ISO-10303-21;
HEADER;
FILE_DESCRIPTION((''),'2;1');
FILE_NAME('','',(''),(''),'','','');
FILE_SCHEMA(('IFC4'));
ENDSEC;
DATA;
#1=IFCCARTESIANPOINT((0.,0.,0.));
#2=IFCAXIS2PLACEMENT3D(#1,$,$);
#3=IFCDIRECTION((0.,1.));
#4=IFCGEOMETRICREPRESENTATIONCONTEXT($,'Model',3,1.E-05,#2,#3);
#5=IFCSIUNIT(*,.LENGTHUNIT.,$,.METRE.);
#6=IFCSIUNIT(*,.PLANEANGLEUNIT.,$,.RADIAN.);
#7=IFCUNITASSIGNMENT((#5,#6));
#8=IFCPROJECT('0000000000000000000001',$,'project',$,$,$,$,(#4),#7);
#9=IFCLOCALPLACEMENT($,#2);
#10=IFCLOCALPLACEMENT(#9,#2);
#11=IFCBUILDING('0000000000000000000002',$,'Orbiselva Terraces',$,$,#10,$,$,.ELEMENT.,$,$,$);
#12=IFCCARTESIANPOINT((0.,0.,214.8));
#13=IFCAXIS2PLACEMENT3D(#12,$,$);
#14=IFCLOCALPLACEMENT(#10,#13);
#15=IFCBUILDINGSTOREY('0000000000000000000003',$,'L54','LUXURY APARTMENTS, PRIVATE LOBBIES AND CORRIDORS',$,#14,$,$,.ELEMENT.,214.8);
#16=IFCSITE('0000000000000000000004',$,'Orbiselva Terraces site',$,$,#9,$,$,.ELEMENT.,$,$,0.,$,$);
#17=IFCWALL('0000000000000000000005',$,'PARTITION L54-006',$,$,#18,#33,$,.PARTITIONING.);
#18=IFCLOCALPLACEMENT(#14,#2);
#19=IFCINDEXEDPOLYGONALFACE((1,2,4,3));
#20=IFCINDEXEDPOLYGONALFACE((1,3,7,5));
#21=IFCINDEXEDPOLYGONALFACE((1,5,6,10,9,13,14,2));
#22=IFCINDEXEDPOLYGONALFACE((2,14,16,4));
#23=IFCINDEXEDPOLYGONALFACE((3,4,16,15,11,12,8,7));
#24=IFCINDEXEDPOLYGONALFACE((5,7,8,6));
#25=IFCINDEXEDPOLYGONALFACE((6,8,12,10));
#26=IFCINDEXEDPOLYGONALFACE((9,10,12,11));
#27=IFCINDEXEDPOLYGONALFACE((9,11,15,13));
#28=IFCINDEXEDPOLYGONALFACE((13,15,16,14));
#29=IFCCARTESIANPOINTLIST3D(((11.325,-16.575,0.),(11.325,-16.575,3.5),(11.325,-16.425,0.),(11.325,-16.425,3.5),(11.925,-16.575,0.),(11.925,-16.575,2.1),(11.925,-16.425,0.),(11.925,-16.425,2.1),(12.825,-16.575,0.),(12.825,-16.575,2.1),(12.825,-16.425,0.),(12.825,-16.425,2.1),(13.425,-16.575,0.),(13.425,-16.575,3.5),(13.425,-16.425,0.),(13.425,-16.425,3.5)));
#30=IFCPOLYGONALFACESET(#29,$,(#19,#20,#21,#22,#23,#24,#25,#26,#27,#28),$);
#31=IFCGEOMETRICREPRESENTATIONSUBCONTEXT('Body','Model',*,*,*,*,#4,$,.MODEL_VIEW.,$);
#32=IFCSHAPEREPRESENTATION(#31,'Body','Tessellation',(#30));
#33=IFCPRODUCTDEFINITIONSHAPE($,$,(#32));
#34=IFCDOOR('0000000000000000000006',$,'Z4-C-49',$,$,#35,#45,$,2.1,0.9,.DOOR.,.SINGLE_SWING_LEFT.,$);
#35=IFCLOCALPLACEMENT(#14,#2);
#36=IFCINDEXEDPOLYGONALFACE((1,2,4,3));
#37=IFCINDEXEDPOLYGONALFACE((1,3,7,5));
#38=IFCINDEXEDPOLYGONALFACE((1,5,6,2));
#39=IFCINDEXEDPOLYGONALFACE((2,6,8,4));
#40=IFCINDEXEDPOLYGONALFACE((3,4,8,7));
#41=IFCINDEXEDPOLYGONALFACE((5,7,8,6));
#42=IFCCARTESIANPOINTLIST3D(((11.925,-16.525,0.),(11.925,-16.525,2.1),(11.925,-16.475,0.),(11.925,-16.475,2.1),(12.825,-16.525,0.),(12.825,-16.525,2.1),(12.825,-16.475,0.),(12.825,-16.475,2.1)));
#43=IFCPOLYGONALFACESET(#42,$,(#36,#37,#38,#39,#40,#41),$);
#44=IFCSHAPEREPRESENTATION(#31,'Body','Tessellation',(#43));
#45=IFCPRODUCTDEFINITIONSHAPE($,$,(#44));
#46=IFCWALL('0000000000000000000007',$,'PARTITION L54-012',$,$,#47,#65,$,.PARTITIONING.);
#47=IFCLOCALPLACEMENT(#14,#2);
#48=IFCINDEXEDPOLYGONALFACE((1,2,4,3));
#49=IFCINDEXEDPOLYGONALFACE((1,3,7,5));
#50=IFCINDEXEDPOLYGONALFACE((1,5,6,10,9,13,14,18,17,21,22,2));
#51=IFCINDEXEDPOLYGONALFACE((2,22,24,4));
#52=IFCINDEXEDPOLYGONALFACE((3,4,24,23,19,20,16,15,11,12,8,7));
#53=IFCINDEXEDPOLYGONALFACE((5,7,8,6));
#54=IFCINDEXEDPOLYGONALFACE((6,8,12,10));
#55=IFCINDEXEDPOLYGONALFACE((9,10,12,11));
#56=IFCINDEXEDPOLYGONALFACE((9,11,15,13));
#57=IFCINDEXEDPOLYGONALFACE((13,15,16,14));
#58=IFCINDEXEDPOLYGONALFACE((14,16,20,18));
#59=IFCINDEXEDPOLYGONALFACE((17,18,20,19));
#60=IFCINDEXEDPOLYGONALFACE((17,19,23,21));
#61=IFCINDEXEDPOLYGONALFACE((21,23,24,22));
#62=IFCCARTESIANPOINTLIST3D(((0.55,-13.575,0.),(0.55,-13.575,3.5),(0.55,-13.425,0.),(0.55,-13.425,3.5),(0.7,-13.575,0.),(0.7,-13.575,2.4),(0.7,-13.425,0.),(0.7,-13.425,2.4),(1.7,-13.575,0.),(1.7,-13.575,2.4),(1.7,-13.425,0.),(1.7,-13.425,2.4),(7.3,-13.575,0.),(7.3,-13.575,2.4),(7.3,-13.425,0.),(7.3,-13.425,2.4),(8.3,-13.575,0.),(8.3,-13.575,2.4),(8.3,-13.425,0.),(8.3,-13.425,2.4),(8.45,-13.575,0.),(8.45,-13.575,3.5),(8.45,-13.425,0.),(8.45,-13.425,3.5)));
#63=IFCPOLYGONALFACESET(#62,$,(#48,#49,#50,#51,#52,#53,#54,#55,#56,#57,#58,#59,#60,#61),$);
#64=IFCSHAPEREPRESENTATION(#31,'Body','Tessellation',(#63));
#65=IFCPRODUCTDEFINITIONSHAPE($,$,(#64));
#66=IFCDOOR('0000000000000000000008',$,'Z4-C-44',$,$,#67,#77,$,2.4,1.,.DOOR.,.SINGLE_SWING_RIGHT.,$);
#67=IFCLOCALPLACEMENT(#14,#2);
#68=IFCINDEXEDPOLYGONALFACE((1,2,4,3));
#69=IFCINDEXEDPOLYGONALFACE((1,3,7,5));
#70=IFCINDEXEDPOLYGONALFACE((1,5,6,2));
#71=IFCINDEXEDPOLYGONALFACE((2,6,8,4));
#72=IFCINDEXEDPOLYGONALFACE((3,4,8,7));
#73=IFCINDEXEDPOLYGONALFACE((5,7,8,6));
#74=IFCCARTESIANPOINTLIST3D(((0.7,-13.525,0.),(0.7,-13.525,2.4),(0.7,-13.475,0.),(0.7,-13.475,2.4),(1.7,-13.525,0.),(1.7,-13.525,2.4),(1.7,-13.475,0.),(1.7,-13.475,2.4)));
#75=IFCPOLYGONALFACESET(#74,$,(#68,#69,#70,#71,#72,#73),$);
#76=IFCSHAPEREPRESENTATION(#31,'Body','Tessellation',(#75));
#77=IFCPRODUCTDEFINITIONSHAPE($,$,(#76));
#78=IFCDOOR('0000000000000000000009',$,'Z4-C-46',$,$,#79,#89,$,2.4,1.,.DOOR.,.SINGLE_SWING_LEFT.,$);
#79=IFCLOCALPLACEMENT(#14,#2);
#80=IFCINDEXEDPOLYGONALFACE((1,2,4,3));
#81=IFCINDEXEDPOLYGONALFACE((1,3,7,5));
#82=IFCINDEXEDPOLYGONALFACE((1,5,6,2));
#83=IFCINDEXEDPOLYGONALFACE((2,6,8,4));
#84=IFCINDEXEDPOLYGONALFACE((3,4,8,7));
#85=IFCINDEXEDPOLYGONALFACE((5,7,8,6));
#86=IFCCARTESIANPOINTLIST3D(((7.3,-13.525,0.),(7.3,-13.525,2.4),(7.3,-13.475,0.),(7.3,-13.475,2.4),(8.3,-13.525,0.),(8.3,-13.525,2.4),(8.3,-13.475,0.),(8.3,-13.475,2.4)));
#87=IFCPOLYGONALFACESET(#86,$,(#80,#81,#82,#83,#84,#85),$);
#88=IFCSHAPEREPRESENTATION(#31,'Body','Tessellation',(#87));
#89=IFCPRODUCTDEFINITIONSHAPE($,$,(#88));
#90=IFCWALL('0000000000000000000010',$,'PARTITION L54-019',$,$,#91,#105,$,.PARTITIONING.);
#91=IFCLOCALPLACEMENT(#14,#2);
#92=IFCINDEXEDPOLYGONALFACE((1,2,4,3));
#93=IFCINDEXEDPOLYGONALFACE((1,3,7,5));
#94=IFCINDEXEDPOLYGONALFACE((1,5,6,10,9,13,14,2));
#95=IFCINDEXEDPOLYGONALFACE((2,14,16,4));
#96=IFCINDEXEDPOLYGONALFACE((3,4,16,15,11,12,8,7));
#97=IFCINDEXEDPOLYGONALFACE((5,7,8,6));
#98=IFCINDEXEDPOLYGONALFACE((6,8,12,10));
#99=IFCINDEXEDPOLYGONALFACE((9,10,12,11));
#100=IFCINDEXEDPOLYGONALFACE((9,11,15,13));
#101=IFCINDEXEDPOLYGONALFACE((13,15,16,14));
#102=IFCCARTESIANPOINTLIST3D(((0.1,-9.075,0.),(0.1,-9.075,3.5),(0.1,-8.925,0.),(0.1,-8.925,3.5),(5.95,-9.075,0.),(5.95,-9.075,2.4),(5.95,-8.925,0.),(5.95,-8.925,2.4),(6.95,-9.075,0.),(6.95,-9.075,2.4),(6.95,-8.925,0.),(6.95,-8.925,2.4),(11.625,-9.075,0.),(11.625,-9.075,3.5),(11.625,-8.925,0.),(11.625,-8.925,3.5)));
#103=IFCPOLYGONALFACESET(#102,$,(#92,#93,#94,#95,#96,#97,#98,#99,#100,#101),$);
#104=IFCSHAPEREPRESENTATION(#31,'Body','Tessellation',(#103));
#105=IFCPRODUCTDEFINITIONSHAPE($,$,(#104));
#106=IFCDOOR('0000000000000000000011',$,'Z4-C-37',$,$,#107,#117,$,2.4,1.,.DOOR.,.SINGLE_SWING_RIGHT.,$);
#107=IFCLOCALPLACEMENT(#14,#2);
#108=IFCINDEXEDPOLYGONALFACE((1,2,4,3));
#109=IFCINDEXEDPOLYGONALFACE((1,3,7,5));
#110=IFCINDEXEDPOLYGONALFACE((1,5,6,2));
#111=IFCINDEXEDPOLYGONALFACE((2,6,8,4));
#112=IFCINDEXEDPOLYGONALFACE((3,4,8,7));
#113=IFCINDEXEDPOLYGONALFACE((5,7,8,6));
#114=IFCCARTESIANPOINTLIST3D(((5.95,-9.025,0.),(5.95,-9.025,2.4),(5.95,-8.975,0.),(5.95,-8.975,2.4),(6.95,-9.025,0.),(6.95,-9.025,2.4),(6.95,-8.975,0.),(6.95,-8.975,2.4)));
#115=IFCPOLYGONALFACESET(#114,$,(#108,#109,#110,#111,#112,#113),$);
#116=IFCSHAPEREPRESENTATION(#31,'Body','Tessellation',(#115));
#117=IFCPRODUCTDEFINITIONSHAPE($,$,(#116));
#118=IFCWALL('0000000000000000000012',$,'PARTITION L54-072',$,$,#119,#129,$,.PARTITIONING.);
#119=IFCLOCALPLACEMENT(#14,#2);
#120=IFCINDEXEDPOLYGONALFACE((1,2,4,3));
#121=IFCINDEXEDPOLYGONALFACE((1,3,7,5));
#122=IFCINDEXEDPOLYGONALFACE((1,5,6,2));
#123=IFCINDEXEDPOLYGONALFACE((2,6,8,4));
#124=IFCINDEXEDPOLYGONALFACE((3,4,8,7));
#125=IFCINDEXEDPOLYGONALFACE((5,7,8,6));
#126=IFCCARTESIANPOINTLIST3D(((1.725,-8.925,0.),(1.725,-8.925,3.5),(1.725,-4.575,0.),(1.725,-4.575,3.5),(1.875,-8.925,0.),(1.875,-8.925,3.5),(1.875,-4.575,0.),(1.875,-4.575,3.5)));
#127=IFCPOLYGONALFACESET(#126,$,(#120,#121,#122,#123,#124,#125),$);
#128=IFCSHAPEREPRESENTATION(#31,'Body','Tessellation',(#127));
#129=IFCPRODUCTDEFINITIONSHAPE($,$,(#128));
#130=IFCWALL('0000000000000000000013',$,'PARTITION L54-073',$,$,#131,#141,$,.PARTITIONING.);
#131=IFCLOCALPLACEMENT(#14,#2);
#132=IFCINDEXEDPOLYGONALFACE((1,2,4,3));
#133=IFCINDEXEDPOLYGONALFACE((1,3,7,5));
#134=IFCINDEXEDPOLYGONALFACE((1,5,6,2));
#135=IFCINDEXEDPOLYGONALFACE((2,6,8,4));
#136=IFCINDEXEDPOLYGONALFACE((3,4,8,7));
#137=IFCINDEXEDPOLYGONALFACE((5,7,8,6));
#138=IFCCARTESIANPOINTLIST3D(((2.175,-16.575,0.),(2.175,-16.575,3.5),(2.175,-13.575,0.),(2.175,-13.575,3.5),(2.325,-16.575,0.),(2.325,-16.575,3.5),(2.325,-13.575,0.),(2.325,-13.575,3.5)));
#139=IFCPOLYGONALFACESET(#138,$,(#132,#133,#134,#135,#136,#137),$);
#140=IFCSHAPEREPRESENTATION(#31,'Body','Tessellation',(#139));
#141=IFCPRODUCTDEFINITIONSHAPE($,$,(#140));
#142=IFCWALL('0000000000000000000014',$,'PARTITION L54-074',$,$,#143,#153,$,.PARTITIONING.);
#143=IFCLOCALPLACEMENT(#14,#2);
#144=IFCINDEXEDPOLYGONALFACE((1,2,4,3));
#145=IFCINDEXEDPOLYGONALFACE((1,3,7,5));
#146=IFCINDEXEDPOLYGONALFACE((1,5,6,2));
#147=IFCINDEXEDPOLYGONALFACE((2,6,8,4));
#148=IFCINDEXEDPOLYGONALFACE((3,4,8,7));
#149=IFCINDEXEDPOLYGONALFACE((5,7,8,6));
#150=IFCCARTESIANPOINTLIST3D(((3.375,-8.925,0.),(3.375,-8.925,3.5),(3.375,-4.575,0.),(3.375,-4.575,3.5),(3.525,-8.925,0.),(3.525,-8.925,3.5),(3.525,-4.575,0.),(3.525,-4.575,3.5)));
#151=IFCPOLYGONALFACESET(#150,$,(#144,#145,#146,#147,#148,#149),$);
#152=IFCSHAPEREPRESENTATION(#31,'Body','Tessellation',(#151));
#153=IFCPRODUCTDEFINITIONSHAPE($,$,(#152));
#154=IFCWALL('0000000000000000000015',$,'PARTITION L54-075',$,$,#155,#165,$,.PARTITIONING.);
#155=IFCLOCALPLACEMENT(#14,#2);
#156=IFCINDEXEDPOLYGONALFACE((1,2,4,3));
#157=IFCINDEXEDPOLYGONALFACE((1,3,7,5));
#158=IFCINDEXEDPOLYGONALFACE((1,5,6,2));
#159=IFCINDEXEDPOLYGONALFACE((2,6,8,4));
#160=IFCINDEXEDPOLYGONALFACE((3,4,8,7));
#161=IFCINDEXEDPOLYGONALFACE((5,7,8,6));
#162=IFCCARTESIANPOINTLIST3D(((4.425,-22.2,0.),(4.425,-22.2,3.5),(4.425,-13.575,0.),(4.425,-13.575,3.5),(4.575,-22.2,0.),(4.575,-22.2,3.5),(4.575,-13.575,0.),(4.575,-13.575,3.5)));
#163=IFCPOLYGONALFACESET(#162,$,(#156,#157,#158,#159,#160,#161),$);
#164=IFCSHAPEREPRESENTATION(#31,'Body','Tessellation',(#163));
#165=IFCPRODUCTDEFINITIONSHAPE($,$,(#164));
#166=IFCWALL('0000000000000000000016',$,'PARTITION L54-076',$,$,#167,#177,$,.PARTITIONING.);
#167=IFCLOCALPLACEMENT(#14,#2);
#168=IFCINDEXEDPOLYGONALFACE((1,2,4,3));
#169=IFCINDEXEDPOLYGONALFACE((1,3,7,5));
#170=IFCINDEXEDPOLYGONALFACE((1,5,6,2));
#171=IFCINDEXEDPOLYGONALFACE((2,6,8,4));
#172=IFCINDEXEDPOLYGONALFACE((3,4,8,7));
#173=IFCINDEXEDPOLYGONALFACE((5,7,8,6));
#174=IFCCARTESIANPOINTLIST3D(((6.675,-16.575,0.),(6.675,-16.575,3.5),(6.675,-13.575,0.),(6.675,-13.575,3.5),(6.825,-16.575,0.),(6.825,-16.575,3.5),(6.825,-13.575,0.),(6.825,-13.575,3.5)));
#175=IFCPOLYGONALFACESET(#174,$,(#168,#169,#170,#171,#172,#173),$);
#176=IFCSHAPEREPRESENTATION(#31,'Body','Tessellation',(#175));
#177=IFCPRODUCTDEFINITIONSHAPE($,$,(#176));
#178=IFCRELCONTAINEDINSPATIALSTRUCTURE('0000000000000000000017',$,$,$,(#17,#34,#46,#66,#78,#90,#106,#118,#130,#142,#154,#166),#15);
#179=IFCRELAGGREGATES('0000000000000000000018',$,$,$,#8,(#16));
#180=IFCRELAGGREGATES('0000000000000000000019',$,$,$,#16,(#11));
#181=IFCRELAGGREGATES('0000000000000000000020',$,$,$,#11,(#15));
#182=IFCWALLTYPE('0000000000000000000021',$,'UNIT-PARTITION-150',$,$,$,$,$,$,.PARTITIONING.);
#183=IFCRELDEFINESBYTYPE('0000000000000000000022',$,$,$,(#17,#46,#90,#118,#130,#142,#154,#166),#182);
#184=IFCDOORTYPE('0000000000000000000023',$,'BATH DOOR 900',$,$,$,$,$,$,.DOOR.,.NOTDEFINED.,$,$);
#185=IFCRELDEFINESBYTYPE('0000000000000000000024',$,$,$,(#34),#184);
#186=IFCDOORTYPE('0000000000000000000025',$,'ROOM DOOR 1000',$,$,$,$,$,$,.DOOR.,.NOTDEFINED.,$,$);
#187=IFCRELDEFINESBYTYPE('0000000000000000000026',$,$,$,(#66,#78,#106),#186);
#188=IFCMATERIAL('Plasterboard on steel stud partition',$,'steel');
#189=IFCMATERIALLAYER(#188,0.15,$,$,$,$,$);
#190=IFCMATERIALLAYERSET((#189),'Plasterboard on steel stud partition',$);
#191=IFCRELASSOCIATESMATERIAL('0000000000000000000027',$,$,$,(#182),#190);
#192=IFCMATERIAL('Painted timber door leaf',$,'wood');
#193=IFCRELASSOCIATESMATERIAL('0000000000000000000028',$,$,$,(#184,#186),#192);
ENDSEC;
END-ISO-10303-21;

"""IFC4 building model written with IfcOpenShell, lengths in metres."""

from ifc_helpers import new_model, si_unit, direction, frame, frame_2d, origin, place, context, subcontext, project, spatial, rectangle, extrude, material, layer, layer_set, type_object, element, fill, save


model = new_model("IFC4")

# Units and contexts
model_context = context("Model", 3, precision=1e-05, world=origin(), true_north=direction((0.0, 1.0)))
body_context = subcontext(model_context, "Body", "Model", "MODEL_VIEW")
ifc_project = project(units=[si_unit("LENGTHUNIT", "METRE"), si_unit("PLANEANGLEUNIT", "RADIAN")], contexts=[model_context])

# Site, building, storey
site_placement = place(None, origin())
site = spatial("IfcSite", under=ifc_project, at=site_placement, Name="Orbiselva Terraces site", CompositionType="ELEMENT", RefElevation=0.0)
building_placement = place(site_placement, origin())
building = spatial("IfcBuilding", under=site, at=building_placement, Name="Orbiselva Terraces", CompositionType="ELEMENT")
storey_placement = place(building_placement, frame((0.0, 0.0, 214.8)))
storey = spatial("IfcBuildingStorey", under=building, at=storey_placement, Name="L54", Description="LUXURY APARTMENTS, PRIVATE LOBBIES AND CORRIDORS", CompositionType="ELEMENT", Elevation=214.8)

# Shared definitions
ifc_material_1 = material(Name="Plasterboard on steel stud partition", Category="steel")

# Wall, opening, door
ifc_layer_1 = layer(ifc_material_1, 0.15)
ifc_layer_set_1 = layer_set([ifc_layer_1], Name="Plasterboard on steel stud partition")
wall_type_1 = type_object("IfcWallType", Name="UNIT-PARTITION-150", PredefinedType="PARTITIONING", material=ifc_layer_set_1)
ifc_material_2 = material(Name="Painted timber door leaf", Category="wood")
door_type_1 = type_object("IfcDoorType", Name="BATH DOOR 900", OperationType="NOTDEFINED", PredefinedType="DOOR", material=ifc_material_2)
wall_1_placement = place(storey_placement, frame((11.325, -16.5, 0.0), z_axis=(0.0, 0.0, 1.0), x_axis=(1.0, 0.0, 0.0)))
wall_1 = element("IfcWall", 1, at=wall_1_placement, inside=storey, type_object=wall_type_1, Name="PARTITION L54-006", PredefinedType="PARTITIONING", context=body_context, shape_type="SweptSolid", body=[
    extrude(rectangle(XDim=2.1, YDim=0.15, at=frame_2d((1.05, 0.0))), origin(), (0.0, 0.0, 1.0), 3.5),
])
opening_1_placement = place(wall_1_placement, frame((0.6, 0.0, 0.0)))
opening_1 = element("IfcOpeningElement", 2, at=opening_1_placement, cuts=wall_1, PredefinedType="OPENING", context=body_context, shape_type="SweptSolid", body=[
    extrude(rectangle(XDim=0.9, YDim=2.1, at=frame_2d((0.45, 1.05))), frame((0.0, 0.085, 0.0), z_axis=(0.0, -1.0, 0.0), x_axis=(1.0, 0.0, 0.0)), (0.0, 0.0, 1.0), 0.17),
])
door_1_placement = place(opening_1_placement, origin())
door_1 = element("IfcDoor", 3, at=door_1_placement, inside=storey, type_object=door_type_1, Name="Z4-C-49", OperationType="SINGLE_SWING_LEFT", OverallHeight=2.1, OverallWidth=0.9, PredefinedType="DOOR", context=body_context, shape_type="SweptSolid", body=[
    extrude(rectangle(XDim=0.9, YDim=2.1, at=frame_2d((0.45, 1.05))), frame((0.0, 0.025, 0.0), z_axis=(0.0, -1.0, 0.0), x_axis=(1.0, 0.0, 0.0)), (0.0, 0.0, 1.0), 0.05),
])
fill(opening_1, door_1)

# Wall, openings, doors
wall_2_placement = place(storey_placement, frame((8.45, -13.5, 0.0), z_axis=(0.0, 0.0, 1.0), x_axis=(-1.0, 0.0, 0.0)))
wall_2 = element("IfcWall", 4, at=wall_2_placement, inside=storey, type_object=wall_type_1, Name="PARTITION L54-012", PredefinedType="PARTITIONING", context=body_context, shape_type="SweptSolid", body=[
    extrude(rectangle(XDim=7.9, YDim=0.15, at=frame_2d((3.95, 0.0))), origin(), (0.0, 0.0, 1.0), 3.5),
])
opening_2_placement = place(wall_2_placement, frame((6.75, 0.0, 0.0)))
opening_2 = element("IfcOpeningElement", 5, at=opening_2_placement, cuts=wall_2, PredefinedType="OPENING", context=body_context, shape_type="SweptSolid", body=[
    extrude(rectangle(XDim=1.0, YDim=2.4, at=frame_2d((0.5, 1.2))), frame((0.0, 0.085, 0.0), z_axis=(0.0, -1.0, 0.0), x_axis=(1.0, 0.0, 0.0)), (0.0, 0.0, 1.0), 0.17),
])
opening_3_placement = place(wall_2_placement, frame((0.15, 0.0, 0.0)))
opening_3 = element("IfcOpeningElement", 6, at=opening_3_placement, cuts=wall_2, PredefinedType="OPENING", context=body_context, shape_type="SweptSolid", body=[
    extrude(rectangle(XDim=1.0, YDim=2.4, at=frame_2d((0.5, 1.2))), frame((0.0, 0.085, 0.0), z_axis=(0.0, -1.0, 0.0), x_axis=(1.0, 0.0, 0.0)), (0.0, 0.0, 1.0), 0.17),
])
door_type_2 = type_object("IfcDoorType", Name="ROOM DOOR 1000", OperationType="NOTDEFINED", PredefinedType="DOOR", material=ifc_material_2)
door_2_placement = place(opening_2_placement, origin())
door_2 = element("IfcDoor", 7, at=door_2_placement, inside=storey, type_object=door_type_2, Name="Z4-C-44", OperationType="SINGLE_SWING_RIGHT", OverallHeight=2.4, OverallWidth=1.0, PredefinedType="DOOR", context=body_context, shape_type="SweptSolid", body=[
    extrude(rectangle(XDim=1.0, YDim=2.4, at=frame_2d((0.5, 1.2))), frame((0.0, 0.025, 0.0), z_axis=(0.0, -1.0, 0.0), x_axis=(1.0, 0.0, 0.0)), (0.0, 0.0, 1.0), 0.05),
])
fill(opening_2, door_2)
door_3_placement = place(opening_3_placement, origin())
door_3 = element("IfcDoor", 8, at=door_3_placement, inside=storey, type_object=door_type_2, Name="Z4-C-46", OperationType="SINGLE_SWING_LEFT", OverallHeight=2.4, OverallWidth=1.0, PredefinedType="DOOR", context=body_context, shape_type="SweptSolid", body=[
    extrude(rectangle(XDim=1.0, YDim=2.4, at=frame_2d((0.5, 1.2))), frame((0.0, 0.025, 0.0), z_axis=(0.0, -1.0, 0.0), x_axis=(1.0, 0.0, 0.0)), (0.0, 0.0, 1.0), 0.05),
])
fill(opening_3, door_3)

# Wall, opening, door
wall_3_placement = place(storey_placement, frame((0.1, -9.0, 0.0), z_axis=(0.0, 0.0, 1.0), x_axis=(1.0, 0.0, 0.0)))
wall_3 = element("IfcWall", 9, at=wall_3_placement, inside=storey, type_object=wall_type_1, Name="PARTITION L54-019", PredefinedType="PARTITIONING", context=body_context, shape_type="SweptSolid", body=[
    extrude(rectangle(XDim=11.525, YDim=0.15, at=frame_2d((5.7625, 0.0))), origin(), (0.0, 0.0, 1.0), 3.5),
])
opening_4_placement = place(wall_3_placement, frame((5.85, 0.0, 0.0)))
opening_4 = element("IfcOpeningElement", 10, at=opening_4_placement, cuts=wall_3, PredefinedType="OPENING", context=body_context, shape_type="SweptSolid", body=[
    extrude(rectangle(XDim=1.0, YDim=2.4, at=frame_2d((0.5, 1.2))), frame((0.0, 0.085, 0.0), z_axis=(0.0, -1.0, 0.0), x_axis=(1.0, 0.0, 0.0)), (0.0, 0.0, 1.0), 0.17),
])
door_4_placement = place(opening_4_placement, origin())
door_4 = element("IfcDoor", 11, at=door_4_placement, inside=storey, type_object=door_type_2, Name="Z4-C-37", OperationType="SINGLE_SWING_RIGHT", OverallHeight=2.4, OverallWidth=1.0, PredefinedType="DOOR", context=body_context, shape_type="SweptSolid", body=[
    extrude(rectangle(XDim=1.0, YDim=2.4, at=frame_2d((0.5, 1.2))), frame((0.0, 0.025, 0.0), z_axis=(0.0, -1.0, 0.0), x_axis=(1.0, 0.0, 0.0)), (0.0, 0.0, 1.0), 0.05),
])
fill(opening_4, door_4)

# Walls
wall_4_placement = place(storey_placement, frame((1.8, -8.925, 0.0), z_axis=(0.0, 0.0, 1.0), x_axis=(0.0, 1.0, 0.0)))
element("IfcWall", 12, at=wall_4_placement, inside=storey, type_object=wall_type_1, Name="PARTITION L54-072", PredefinedType="PARTITIONING", context=body_context, shape_type="SweptSolid", body=[
    extrude(rectangle(XDim=4.35, YDim=0.15, at=frame_2d((2.175, 0.0))), origin(), (0.0, 0.0, 1.0), 3.5),
])
wall_5_placement = place(storey_placement, frame((2.25, -16.575, 0.0), z_axis=(0.0, 0.0, 1.0), x_axis=(0.0, 1.0, 0.0)))
element("IfcWall", 13, at=wall_5_placement, inside=storey, type_object=wall_type_1, Name="PARTITION L54-073", PredefinedType="PARTITIONING", context=body_context, shape_type="SweptSolid", body=[
    extrude(rectangle(XDim=3.0, YDim=0.15, at=frame_2d((1.5, 0.0))), origin(), (0.0, 0.0, 1.0), 3.5),
])
wall_6_placement = place(storey_placement, frame((3.45, -8.925, 0.0), z_axis=(0.0, 0.0, 1.0), x_axis=(0.0, 1.0, 0.0)))
element("IfcWall", 14, at=wall_6_placement, inside=storey, type_object=wall_type_1, Name="PARTITION L54-074", PredefinedType="PARTITIONING", context=body_context, shape_type="SweptSolid", body=[
    extrude(rectangle(XDim=4.35, YDim=0.15, at=frame_2d((2.175, 0.0))), origin(), (0.0, 0.0, 1.0), 3.5),
])
wall_7_placement = place(storey_placement, frame((4.5, -22.2, 0.0), z_axis=(0.0, 0.0, 1.0), x_axis=(0.0, 1.0, 0.0)))
element("IfcWall", 15, at=wall_7_placement, inside=storey, type_object=wall_type_1, Name="PARTITION L54-075", PredefinedType="PARTITIONING", context=body_context, shape_type="SweptSolid", body=[
    extrude(rectangle(XDim=8.625, YDim=0.15, at=frame_2d((4.3125, 0.0))), origin(), (0.0, 0.0, 1.0), 3.5),
])
wall_8_placement = place(storey_placement, frame((6.75, -16.575, 0.0), z_axis=(0.0, 0.0, 1.0), x_axis=(0.0, 1.0, 0.0)))
element("IfcWall", 16, at=wall_8_placement, inside=storey, type_object=wall_type_1, Name="PARTITION L54-076", PredefinedType="PARTITIONING", context=body_context, shape_type="SweptSolid", body=[
    extrude(rectangle(XDim=3.0, YDim=0.15, at=frame_2d((1.5, 0.0))), origin(), (0.0, 0.0, 1.0), 3.5),
])

save(model, "model.ifc")
